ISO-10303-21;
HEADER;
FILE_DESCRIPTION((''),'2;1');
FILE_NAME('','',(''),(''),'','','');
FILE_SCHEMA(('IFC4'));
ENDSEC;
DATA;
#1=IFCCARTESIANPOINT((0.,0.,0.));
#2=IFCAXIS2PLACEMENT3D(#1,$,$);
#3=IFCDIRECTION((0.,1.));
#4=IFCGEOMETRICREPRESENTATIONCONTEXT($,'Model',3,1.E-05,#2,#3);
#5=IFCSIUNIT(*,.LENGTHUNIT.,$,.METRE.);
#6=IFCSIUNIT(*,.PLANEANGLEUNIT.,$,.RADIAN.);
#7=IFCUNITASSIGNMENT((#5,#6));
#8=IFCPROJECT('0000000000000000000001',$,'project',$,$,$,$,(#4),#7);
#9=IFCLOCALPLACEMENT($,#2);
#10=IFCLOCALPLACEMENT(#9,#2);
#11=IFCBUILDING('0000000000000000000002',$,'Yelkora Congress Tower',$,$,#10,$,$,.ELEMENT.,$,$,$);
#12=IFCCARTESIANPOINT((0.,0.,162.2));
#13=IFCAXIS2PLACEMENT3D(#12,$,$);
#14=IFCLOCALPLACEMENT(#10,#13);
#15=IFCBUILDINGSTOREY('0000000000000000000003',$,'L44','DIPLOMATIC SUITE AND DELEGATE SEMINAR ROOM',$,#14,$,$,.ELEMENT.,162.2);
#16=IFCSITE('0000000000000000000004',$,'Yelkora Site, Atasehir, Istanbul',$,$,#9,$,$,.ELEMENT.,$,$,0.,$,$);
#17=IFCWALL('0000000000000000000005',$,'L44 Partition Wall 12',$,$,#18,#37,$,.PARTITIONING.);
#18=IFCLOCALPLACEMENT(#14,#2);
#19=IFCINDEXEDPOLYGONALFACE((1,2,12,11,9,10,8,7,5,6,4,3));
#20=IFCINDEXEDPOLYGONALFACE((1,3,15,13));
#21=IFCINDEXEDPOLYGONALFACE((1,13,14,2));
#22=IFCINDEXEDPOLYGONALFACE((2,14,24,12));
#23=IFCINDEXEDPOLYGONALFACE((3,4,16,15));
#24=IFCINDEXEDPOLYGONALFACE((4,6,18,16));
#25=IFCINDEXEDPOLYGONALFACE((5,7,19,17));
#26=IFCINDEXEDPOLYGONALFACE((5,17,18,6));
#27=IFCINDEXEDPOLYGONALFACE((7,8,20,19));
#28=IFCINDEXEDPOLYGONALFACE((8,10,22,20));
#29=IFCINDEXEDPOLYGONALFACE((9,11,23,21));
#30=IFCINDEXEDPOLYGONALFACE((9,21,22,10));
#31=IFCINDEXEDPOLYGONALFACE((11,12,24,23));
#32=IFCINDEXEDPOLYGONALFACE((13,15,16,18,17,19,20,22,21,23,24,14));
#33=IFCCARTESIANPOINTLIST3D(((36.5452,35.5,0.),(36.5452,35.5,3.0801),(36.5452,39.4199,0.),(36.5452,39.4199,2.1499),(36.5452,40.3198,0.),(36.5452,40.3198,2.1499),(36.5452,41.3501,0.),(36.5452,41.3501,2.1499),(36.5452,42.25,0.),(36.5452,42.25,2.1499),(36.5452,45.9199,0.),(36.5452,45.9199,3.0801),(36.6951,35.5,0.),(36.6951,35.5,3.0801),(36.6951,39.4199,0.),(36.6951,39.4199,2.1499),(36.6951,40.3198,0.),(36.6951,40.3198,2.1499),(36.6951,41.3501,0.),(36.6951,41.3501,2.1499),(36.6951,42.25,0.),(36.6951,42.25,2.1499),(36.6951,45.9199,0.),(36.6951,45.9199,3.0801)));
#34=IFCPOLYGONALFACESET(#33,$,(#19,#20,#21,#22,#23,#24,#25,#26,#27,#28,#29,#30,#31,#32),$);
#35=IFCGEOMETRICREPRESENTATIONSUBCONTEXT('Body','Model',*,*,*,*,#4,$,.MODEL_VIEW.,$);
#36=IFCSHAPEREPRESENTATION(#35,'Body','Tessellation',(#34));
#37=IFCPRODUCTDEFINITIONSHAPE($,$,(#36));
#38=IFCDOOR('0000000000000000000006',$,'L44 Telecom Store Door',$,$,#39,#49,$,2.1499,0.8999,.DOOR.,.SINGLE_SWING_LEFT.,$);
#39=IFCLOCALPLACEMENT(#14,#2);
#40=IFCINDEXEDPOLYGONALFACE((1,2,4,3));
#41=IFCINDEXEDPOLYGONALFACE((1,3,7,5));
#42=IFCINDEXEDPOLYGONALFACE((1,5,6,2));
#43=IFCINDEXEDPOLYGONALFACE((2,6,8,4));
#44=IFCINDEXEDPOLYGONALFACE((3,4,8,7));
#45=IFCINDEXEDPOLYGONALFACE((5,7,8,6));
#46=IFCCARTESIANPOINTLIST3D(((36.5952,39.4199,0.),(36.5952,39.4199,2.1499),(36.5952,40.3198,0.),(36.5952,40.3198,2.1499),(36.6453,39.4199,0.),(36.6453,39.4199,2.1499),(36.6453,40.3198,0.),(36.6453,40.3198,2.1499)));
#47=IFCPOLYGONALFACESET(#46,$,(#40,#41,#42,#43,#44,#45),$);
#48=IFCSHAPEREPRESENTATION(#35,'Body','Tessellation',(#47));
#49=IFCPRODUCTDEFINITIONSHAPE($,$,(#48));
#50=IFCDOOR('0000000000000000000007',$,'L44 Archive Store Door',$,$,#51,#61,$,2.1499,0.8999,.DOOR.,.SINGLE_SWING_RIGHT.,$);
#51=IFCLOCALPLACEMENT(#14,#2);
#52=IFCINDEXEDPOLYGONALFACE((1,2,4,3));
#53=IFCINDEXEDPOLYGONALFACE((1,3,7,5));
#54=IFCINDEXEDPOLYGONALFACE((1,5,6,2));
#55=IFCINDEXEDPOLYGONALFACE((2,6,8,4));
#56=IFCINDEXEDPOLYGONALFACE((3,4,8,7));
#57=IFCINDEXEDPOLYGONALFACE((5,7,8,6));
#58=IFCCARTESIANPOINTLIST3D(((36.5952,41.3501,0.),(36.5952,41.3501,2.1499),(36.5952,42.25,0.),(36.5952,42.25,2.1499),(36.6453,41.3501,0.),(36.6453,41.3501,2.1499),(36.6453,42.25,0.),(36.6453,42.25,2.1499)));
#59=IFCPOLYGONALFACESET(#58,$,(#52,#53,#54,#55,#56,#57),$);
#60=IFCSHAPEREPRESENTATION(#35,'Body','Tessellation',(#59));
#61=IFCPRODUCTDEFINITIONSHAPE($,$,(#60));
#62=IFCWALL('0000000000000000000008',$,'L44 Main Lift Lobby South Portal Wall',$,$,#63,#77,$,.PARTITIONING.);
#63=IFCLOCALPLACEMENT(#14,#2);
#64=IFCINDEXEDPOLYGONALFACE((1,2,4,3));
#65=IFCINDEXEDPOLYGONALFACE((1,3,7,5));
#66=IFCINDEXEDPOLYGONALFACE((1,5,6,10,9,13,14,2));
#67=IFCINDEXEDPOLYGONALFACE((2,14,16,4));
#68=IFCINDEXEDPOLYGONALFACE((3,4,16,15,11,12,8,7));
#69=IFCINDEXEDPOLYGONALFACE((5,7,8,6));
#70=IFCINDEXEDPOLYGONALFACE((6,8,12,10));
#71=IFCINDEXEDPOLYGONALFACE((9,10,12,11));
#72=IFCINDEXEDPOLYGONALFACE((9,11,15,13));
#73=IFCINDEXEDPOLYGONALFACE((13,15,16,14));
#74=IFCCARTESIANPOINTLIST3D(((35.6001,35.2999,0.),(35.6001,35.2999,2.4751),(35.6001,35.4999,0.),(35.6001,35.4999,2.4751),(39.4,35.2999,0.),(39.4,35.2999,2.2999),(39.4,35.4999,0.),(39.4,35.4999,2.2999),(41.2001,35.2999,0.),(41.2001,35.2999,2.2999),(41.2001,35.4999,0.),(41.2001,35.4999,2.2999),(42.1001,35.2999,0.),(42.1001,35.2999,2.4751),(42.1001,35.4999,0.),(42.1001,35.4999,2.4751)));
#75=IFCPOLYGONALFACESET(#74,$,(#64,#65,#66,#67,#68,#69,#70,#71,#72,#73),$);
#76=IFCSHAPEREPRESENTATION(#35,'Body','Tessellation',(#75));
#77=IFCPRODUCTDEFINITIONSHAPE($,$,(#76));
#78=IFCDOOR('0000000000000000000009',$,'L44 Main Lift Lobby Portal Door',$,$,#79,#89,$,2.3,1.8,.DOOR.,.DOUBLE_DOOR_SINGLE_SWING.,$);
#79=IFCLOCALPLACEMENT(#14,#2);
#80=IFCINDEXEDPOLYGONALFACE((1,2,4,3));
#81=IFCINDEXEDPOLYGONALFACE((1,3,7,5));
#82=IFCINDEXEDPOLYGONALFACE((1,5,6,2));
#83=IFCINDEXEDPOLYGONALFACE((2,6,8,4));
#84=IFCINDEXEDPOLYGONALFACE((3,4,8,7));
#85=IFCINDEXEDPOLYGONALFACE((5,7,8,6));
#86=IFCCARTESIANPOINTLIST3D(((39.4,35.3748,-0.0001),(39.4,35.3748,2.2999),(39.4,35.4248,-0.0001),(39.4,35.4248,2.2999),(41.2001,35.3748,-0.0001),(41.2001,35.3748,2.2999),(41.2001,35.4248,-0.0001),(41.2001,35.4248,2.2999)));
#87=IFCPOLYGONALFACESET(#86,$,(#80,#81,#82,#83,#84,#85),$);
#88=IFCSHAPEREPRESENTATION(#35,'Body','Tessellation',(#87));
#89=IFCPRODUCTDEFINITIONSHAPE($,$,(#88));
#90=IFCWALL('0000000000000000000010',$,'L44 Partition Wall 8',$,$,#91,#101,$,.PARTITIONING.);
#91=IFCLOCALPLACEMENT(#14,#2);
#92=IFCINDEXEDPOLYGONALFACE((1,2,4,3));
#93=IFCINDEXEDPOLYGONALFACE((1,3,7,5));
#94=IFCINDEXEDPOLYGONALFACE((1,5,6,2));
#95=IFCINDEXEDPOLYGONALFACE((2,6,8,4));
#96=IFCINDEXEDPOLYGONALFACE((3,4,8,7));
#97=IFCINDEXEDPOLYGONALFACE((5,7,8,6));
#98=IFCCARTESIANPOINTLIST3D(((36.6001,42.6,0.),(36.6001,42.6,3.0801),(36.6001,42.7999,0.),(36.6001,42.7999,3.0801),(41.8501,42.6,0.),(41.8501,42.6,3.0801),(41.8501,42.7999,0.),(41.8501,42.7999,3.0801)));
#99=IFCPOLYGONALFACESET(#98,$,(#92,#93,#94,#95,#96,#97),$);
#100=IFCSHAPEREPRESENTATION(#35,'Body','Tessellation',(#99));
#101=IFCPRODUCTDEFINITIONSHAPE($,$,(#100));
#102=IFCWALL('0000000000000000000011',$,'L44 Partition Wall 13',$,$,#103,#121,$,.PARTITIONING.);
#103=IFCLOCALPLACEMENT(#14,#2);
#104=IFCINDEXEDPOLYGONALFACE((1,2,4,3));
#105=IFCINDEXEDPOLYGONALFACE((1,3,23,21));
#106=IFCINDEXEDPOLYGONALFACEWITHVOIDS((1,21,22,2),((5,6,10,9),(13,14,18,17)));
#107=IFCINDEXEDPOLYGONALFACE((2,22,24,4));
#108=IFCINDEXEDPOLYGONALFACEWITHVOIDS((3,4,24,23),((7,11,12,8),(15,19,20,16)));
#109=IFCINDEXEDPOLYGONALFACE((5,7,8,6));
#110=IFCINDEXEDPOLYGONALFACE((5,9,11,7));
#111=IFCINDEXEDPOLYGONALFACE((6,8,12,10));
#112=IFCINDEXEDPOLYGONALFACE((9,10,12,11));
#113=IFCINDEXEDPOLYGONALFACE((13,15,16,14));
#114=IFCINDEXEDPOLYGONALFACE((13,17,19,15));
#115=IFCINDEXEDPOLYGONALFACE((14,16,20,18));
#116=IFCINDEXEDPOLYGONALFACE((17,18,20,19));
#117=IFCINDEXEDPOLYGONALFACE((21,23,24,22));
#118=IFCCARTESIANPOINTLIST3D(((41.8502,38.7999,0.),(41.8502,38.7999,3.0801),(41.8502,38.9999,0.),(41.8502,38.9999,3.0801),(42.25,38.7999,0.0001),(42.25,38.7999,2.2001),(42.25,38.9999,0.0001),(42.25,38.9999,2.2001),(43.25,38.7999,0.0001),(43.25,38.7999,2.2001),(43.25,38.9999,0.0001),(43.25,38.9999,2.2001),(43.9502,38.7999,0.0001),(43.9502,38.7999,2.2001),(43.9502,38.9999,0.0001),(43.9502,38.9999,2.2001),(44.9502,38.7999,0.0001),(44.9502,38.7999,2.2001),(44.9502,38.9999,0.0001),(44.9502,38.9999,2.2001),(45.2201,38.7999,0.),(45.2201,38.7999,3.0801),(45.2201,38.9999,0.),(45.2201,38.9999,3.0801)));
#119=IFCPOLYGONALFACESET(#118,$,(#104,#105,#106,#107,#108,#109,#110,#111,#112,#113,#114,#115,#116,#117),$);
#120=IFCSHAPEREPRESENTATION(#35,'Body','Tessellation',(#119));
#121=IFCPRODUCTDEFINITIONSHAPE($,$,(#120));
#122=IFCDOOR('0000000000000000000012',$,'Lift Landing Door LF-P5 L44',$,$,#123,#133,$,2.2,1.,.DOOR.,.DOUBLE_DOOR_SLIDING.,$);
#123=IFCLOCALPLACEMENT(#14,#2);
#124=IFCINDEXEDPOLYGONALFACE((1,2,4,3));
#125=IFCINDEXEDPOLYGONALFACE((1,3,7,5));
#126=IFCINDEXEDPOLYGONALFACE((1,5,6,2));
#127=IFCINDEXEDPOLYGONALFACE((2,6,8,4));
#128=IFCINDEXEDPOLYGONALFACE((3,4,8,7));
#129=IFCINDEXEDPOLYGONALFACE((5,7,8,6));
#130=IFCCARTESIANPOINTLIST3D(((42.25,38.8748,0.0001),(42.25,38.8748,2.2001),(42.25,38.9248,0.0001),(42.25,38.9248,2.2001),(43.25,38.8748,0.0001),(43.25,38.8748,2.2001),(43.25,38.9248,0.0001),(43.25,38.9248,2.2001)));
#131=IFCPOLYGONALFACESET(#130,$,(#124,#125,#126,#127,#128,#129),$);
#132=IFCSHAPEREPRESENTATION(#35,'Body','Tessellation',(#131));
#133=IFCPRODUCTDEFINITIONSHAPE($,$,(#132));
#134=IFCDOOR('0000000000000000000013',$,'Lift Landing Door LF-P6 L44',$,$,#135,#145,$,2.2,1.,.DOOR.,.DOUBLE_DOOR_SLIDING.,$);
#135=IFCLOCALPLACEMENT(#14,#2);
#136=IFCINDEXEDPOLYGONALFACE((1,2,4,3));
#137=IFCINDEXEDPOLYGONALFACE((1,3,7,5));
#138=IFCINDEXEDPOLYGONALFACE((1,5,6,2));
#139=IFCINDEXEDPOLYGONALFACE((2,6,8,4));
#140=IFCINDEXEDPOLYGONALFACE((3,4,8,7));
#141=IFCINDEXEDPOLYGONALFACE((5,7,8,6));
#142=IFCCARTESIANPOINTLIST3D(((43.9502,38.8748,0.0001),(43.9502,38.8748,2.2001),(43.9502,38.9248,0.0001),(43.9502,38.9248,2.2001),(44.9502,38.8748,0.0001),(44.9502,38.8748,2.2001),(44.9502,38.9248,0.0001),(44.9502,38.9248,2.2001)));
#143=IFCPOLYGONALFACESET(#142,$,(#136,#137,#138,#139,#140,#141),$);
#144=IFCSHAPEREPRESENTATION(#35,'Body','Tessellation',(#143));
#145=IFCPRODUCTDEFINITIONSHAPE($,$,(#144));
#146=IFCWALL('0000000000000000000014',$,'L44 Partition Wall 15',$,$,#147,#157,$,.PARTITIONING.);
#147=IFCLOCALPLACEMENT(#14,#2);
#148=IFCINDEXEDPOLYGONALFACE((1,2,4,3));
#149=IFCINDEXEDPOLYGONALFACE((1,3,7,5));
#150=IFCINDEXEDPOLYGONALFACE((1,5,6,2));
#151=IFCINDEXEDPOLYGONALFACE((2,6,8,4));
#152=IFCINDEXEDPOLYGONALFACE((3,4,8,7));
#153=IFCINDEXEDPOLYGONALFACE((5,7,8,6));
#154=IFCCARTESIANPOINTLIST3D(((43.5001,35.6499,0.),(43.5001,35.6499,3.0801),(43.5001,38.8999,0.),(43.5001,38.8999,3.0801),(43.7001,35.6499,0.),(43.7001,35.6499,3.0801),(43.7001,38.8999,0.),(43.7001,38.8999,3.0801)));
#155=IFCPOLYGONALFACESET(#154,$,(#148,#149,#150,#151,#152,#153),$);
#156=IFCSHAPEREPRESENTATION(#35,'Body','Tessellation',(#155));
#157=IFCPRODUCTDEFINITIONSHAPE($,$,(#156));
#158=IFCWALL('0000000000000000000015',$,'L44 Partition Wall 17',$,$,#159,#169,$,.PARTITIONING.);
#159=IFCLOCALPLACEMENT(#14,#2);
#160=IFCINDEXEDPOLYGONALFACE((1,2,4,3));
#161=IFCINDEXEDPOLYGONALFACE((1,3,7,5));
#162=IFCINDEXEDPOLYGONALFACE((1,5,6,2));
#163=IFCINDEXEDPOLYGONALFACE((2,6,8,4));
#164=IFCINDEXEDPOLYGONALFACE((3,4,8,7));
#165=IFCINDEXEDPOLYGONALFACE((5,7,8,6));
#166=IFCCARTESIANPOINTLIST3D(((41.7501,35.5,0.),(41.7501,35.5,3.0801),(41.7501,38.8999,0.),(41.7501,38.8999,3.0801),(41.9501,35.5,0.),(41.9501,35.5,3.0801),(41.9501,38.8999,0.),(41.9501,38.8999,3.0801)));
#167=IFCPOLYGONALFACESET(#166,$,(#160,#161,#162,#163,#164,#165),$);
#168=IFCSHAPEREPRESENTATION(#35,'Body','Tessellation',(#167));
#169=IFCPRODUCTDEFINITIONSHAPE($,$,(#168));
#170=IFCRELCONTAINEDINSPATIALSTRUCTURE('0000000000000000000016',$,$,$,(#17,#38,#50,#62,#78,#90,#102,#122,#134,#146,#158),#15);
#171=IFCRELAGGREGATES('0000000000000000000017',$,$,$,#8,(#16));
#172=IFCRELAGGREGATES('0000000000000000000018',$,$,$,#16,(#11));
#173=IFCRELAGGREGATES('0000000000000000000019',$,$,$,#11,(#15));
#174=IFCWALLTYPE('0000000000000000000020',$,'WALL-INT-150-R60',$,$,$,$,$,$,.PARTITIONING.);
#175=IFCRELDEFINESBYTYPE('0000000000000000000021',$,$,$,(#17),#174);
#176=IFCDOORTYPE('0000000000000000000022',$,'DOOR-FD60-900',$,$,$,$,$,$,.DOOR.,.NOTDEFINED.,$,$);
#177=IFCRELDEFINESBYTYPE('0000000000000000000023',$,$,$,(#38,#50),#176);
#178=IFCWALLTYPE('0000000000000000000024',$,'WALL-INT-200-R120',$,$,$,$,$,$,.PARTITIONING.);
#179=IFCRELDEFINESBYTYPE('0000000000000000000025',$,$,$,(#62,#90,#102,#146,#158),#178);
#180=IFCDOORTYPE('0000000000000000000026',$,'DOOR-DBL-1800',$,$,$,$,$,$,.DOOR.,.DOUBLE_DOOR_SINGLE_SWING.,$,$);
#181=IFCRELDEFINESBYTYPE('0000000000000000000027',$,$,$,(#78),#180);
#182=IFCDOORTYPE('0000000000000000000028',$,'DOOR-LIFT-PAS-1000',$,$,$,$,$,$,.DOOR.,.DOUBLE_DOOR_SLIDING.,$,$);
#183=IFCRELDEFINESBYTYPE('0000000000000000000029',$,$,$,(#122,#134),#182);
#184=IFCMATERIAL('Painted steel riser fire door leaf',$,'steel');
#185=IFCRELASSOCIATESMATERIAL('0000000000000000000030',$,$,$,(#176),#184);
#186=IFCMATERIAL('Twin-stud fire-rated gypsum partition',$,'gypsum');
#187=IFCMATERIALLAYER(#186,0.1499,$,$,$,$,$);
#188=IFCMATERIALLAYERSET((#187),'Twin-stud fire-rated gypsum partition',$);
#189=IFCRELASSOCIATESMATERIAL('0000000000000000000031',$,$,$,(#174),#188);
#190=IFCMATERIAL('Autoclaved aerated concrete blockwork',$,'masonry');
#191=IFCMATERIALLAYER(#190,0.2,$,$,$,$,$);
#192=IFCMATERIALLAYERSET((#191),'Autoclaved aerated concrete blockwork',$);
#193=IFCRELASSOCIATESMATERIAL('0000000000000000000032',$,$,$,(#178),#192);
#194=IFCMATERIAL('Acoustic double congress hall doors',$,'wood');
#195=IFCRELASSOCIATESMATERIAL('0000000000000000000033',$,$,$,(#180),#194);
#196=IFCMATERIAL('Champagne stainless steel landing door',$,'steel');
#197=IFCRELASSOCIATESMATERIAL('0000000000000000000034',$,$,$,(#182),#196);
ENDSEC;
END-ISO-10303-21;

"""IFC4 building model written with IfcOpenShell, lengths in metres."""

from ifc_helpers import new_model, si_unit, direction, frame, frame_2d, origin, place, context, subcontext, project, spatial, rectangle, extrude, material, layer, layer_set, type_object, element, fill, save


model = new_model("IFC4")

# Units and contexts
model_context = context("Model", 3, precision=1e-05, world=origin(), true_north=direction((0.0, 1.0)))
body_context = subcontext(model_context, "Body", "Model", "MODEL_VIEW")
ifc_project = project(units=[si_unit("LENGTHUNIT", "METRE"), si_unit("PLANEANGLEUNIT", "RADIAN")], contexts=[model_context])

# Site, building, storey
site_placement = place(None, origin())
site = spatial("IfcSite", under=ifc_project, at=site_placement, Name="Yelkora Site, Atasehir, Istanbul", CompositionType="ELEMENT", RefElevation=0.0)
building_placement = place(site_placement, origin())
building = spatial("IfcBuilding", under=site, at=building_placement, Name="Yelkora Congress Tower", CompositionType="ELEMENT")
storey_placement = place(building_placement, frame((0.0, 0.0, 162.2)))
storey = spatial("IfcBuildingStorey", under=building, at=storey_placement, Name="L44", Description="DIPLOMATIC SUITE AND DELEGATE SEMINAR ROOM", CompositionType="ELEMENT", Elevation=162.2)

# Shared definitions
ifc_material_1 = material(Name="Painted steel riser fire door leaf", Category="steel")
door_type_1 = type_object("IfcDoorType", Name="DOOR-FD60-900", OperationType="NOTDEFINED", PredefinedType="DOOR", material=ifc_material_1)

# Shared definitions
ifc_material_2 = material(Name="Twin-stud fire-rated gypsum partition", Category="gypsum")
ifc_layer_1 = layer(ifc_material_2, 0.1499)
ifc_layer_set_1 = layer_set([ifc_layer_1], Name="Twin-stud fire-rated gypsum partition")
wall_type_1 = type_object("IfcWallType", Name="WALL-INT-150-R60", PredefinedType="PARTITIONING", material=ifc_layer_set_1)

# Wall, openings, doors
wall_1_placement = place(storey_placement, frame((36.6201, 35.5, 0.0), z_axis=(0.0, 0.0, 1.0), x_axis=(0.0, 1.0, 0.0)))
wall_1 = element("IfcWall", 1, at=wall_1_placement, inside=storey, type_object=wall_type_1, Name="L44 Partition Wall 12", PredefinedType="PARTITIONING", context=body_context, shape_type="SweptSolid", body=[
    extrude(rectangle(XDim=10.4199, YDim=0.1499, at=frame_2d((5.21, 0.0))), origin(), (0.0, 0.0, 1.0), 3.0801),
])
opening_1_placement = place(wall_1_placement, frame((3.9199, 0.0, 0.0)))
opening_1 = element("IfcOpeningElement", 2, at=opening_1_placement, cuts=wall_1, PredefinedType="OPENING", context=body_context, shape_type="SweptSolid", body=[
    extrude(rectangle(XDim=0.8999, YDim=2.1499, at=frame_2d((0.45, 1.075))), frame((0.0, 0.085, 0.0), z_axis=(0.0, -1.0, 0.0), x_axis=(1.0, 0.0, 0.0)), (0.0, 0.0, 1.0), 0.1699),
])
opening_2_placement = place(wall_1_placement, frame((5.8501, 0.0, 0.0)))
opening_2 = element("IfcOpeningElement", 3, at=opening_2_placement, cuts=wall_1, PredefinedType="OPENING", context=body_context, shape_type="SweptSolid", body=[
    extrude(rectangle(XDim=0.8999, YDim=2.1499, at=frame_2d((0.45, 1.075))), frame((0.0, 0.085, 0.0), z_axis=(0.0, -1.0, 0.0), x_axis=(1.0, 0.0, 0.0)), (0.0, 0.0, 1.0), 0.1699),
])
door_1_placement = place(opening_1_placement, origin())
door_1 = element("IfcDoor", 4, at=door_1_placement, inside=storey, type_object=door_type_1, Name="L44 Telecom Store Door", OperationType="SINGLE_SWING_LEFT", OverallHeight=2.1499, OverallWidth=0.8999, PredefinedType="DOOR", context=body_context, shape_type="SweptSolid", body=[
    extrude(rectangle(XDim=0.8999, YDim=2.1499, at=frame_2d((0.45, 1.075))), frame((0.0, 0.0249, 0.0), z_axis=(0.0, -1.0, 0.0), x_axis=(1.0, 0.0, 0.0)), (0.0, 0.0, 1.0), 0.05),
])
fill(opening_1, door_1)
door_2_placement = place(opening_2_placement, origin())
door_2 = element("IfcDoor", 5, at=door_2_placement, inside=storey, type_object=door_type_1, Name="L44 Archive Store Door", OperationType="SINGLE_SWING_RIGHT", OverallHeight=2.1499, OverallWidth=0.8999, PredefinedType="DOOR", context=body_context, shape_type="SweptSolid", body=[
    extrude(rectangle(XDim=0.8999, YDim=2.1499, at=frame_2d((0.45, 1.075))), frame((0.0, 0.0249, 0.0), z_axis=(0.0, -1.0, 0.0), x_axis=(1.0, 0.0, 0.0)), (0.0, 0.0, 1.0), 0.05),
])
fill(opening_2, door_2)

# Wall, opening, door
ifc_material_3 = material(Name="Autoclaved aerated concrete blockwork", Category="masonry")
ifc_layer_2 = layer(ifc_material_3, 0.2)
ifc_layer_set_2 = layer_set([ifc_layer_2], Name="Autoclaved aerated concrete blockwork")
wall_type_2 = type_object("IfcWallType", Name="WALL-INT-200-R120", PredefinedType="PARTITIONING", material=ifc_layer_set_2)
wall_2_placement = place(storey_placement, frame((35.6001, 35.3999, 0.0), z_axis=(0.0, 0.0, 1.0), x_axis=(1.0, 0.0, 0.0)))
wall_2 = element("IfcWall", 6, at=wall_2_placement, inside=storey, type_object=wall_type_2, Name="L44 Main Lift Lobby South Portal Wall", PredefinedType="PARTITIONING", context=body_context, shape_type="SweptSolid", body=[
    extrude(rectangle(XDim=6.5, YDim=0.2, at=frame_2d((3.25, 0.0))), origin(), (0.0, 0.0, 1.0), 2.4751),
])
opening_3_placement = place(wall_2_placement, frame((3.8, 0.0, 0.0)))
opening_3 = element("IfcOpeningElement", 7, at=opening_3_placement, cuts=wall_2, PredefinedType="OPENING", context=body_context, shape_type="SweptSolid", body=[
    extrude(rectangle(XDim=1.8, YDim=2.3, at=frame_2d((0.8999, 1.1499))), frame((0.0, 0.1099, 0.0), z_axis=(0.0, -1.0, 0.0), x_axis=(1.0, 0.0, 0.0)), (0.0, 0.0, 1.0), 0.22),
])
ifc_material_4 = material(Name="Acoustic double congress hall doors", Category="wood")
door_type_2 = type_object("IfcDoorType", Name="DOOR-DBL-1800", OperationType="DOUBLE_DOOR_SINGLE_SWING", PredefinedType="DOOR", material=ifc_material_4)
door_3_placement = place(opening_3_placement, origin())
door_3 = element("IfcDoor", 8, at=door_3_placement, inside=storey, type_object=door_type_2, Name="L44 Main Lift Lobby Portal Door", OperationType="DOUBLE_DOOR_SINGLE_SWING", OverallHeight=2.3, OverallWidth=1.8, PredefinedType="DOOR", context=body_context, shape_type="SweptSolid", body=[
    extrude(rectangle(XDim=1.8, YDim=2.3, at=frame_2d((0.8999, 1.1499))), frame((0.0, 0.0249, 0.0), z_axis=(0.0, -1.0, 0.0), x_axis=(1.0, 0.0, 0.0)), (0.0, 0.0, 1.0), 0.05),
])
fill(opening_3, door_3)

# Wall
wall_3_placement = place(storey_placement, frame((36.6001, 42.7, 0.0), z_axis=(0.0, 0.0, 1.0), x_axis=(1.0, 0.0, 0.0)))
element("IfcWall", 9, at=wall_3_placement, inside=storey, type_object=wall_type_2, Name="L44 Partition Wall 8", PredefinedType="PARTITIONING", context=body_context, shape_type="SweptSolid", body=[
    extrude(rectangle(XDim=5.25, YDim=0.2, at=frame_2d((2.625, 0.0))), origin(), (0.0, 0.0, 1.0), 3.0801),
])

# Wall, openings, doors
wall_4_placement = place(storey_placement, frame((41.8501, 38.8999, 0.0), z_axis=(0.0, 0.0, 1.0), x_axis=(1.0, 0.0, 0.0)))
wall_4 = element("IfcWall", 10, at=wall_4_placement, inside=storey, type_object=wall_type_2, Name="L44 Partition Wall 13", PredefinedType="PARTITIONING", context=body_context, shape_type="SweptSolid", body=[
    extrude(rectangle(XDim=3.3699, YDim=0.2, at=frame_2d((1.6851, 0.0))), origin(), (0.0, 0.0, 1.0), 3.0801),
])
opening_4_placement = place(wall_4_placement, frame((0.3999, 0.0, 0.0)))
opening_4 = element("IfcOpeningElement", 11, at=opening_4_placement, cuts=wall_4, PredefinedType="OPENING", context=body_context, shape_type="SweptSolid", body=[
    extrude(rectangle(XDim=1.0, YDim=2.2, at=frame_2d((0.5, 1.1001))), frame((0.0, 0.1099, 0.0), z_axis=(0.0, -1.0, 0.0), x_axis=(1.0, 0.0, 0.0)), (0.0, 0.0, 1.0), 0.22),
])
opening_5_placement = place(wall_4_placement, frame((2.1001, 0.0, 0.0)))
opening_5 = element("IfcOpeningElement", 12, at=opening_5_placement, cuts=wall_4, PredefinedType="OPENING", context=body_context, shape_type="SweptSolid", body=[
    extrude(rectangle(XDim=1.0, YDim=2.2, at=frame_2d((0.5, 1.1001))), frame((0.0, 0.1099, 0.0), z_axis=(0.0, -1.0, 0.0), x_axis=(1.0, 0.0, 0.0)), (0.0, 0.0, 1.0), 0.22),
])
ifc_material_5 = material(Name="Champagne stainless steel landing door", Category="steel")
door_type_3 = type_object("IfcDoorType", Name="DOOR-LIFT-PAS-1000", OperationType="DOUBLE_DOOR_SLIDING", PredefinedType="DOOR", material=ifc_material_5)
door_4_placement = place(opening_4_placement, origin())
door_4 = element("IfcDoor", 13, at=door_4_placement, inside=storey, type_object=door_type_3, Name="Lift Landing Door LF-P5 L44", OperationType="DOUBLE_DOOR_SLIDING", OverallHeight=2.2, OverallWidth=1.0, PredefinedType="DOOR", context=body_context, shape_type="SweptSolid", body=[
    extrude(rectangle(XDim=1.0, YDim=2.2, at=frame_2d((0.5, 1.1001))), frame((0.0, 0.0249, 0.0), z_axis=(0.0, -1.0, 0.0), x_axis=(1.0, 0.0, 0.0)), (0.0, 0.0, 1.0), 0.05),
])
fill(opening_4, door_4)
door_5_placement = place(opening_5_placement, origin())
door_5 = element("IfcDoor", 14, at=door_5_placement, inside=storey, type_object=door_type_3, Name="Lift Landing Door LF-P6 L44", OperationType="DOUBLE_DOOR_SLIDING", OverallHeight=2.2, OverallWidth=1.0, PredefinedType="DOOR", context=body_context, shape_type="SweptSolid", body=[
    extrude(rectangle(XDim=1.0, YDim=2.2, at=frame_2d((0.5, 1.1001))), frame((0.0, 0.0249, 0.0), z_axis=(0.0, -1.0, 0.0), x_axis=(1.0, 0.0, 0.0)), (0.0, 0.0, 1.0), 0.05),
])
fill(opening_5, door_5)

# Walls
wall_5_placement = place(storey_placement, frame((43.6001, 35.6499, 0.0), z_axis=(0.0, 0.0, 1.0), x_axis=(0.0, 1.0, 0.0)))
element("IfcWall", 15, at=wall_5_placement, inside=storey, type_object=wall_type_2, Name="L44 Partition Wall 15", PredefinedType="PARTITIONING", context=body_context, shape_type="SweptSolid", body=[
    extrude(rectangle(XDim=3.25, YDim=0.2, at=frame_2d((1.625, 0.0))), origin(), (0.0, 0.0, 1.0), 3.0801),
])
wall_6_placement = place(storey_placement, frame((41.8501, 35.5, 0.0), z_axis=(0.0, 0.0, 1.0), x_axis=(0.0, 1.0, 0.0)))
element("IfcWall", 16, at=wall_6_placement, inside=storey, type_object=wall_type_2, Name="L44 Partition Wall 17", PredefinedType="PARTITIONING", context=body_context, shape_type="SweptSolid", body=[
    extrude(rectangle(XDim=3.3999, YDim=0.2, at=frame_2d((1.7, 0.0))), origin(), (0.0, 0.0, 1.0), 3.0801),
])

save(model, "model.ifc")
